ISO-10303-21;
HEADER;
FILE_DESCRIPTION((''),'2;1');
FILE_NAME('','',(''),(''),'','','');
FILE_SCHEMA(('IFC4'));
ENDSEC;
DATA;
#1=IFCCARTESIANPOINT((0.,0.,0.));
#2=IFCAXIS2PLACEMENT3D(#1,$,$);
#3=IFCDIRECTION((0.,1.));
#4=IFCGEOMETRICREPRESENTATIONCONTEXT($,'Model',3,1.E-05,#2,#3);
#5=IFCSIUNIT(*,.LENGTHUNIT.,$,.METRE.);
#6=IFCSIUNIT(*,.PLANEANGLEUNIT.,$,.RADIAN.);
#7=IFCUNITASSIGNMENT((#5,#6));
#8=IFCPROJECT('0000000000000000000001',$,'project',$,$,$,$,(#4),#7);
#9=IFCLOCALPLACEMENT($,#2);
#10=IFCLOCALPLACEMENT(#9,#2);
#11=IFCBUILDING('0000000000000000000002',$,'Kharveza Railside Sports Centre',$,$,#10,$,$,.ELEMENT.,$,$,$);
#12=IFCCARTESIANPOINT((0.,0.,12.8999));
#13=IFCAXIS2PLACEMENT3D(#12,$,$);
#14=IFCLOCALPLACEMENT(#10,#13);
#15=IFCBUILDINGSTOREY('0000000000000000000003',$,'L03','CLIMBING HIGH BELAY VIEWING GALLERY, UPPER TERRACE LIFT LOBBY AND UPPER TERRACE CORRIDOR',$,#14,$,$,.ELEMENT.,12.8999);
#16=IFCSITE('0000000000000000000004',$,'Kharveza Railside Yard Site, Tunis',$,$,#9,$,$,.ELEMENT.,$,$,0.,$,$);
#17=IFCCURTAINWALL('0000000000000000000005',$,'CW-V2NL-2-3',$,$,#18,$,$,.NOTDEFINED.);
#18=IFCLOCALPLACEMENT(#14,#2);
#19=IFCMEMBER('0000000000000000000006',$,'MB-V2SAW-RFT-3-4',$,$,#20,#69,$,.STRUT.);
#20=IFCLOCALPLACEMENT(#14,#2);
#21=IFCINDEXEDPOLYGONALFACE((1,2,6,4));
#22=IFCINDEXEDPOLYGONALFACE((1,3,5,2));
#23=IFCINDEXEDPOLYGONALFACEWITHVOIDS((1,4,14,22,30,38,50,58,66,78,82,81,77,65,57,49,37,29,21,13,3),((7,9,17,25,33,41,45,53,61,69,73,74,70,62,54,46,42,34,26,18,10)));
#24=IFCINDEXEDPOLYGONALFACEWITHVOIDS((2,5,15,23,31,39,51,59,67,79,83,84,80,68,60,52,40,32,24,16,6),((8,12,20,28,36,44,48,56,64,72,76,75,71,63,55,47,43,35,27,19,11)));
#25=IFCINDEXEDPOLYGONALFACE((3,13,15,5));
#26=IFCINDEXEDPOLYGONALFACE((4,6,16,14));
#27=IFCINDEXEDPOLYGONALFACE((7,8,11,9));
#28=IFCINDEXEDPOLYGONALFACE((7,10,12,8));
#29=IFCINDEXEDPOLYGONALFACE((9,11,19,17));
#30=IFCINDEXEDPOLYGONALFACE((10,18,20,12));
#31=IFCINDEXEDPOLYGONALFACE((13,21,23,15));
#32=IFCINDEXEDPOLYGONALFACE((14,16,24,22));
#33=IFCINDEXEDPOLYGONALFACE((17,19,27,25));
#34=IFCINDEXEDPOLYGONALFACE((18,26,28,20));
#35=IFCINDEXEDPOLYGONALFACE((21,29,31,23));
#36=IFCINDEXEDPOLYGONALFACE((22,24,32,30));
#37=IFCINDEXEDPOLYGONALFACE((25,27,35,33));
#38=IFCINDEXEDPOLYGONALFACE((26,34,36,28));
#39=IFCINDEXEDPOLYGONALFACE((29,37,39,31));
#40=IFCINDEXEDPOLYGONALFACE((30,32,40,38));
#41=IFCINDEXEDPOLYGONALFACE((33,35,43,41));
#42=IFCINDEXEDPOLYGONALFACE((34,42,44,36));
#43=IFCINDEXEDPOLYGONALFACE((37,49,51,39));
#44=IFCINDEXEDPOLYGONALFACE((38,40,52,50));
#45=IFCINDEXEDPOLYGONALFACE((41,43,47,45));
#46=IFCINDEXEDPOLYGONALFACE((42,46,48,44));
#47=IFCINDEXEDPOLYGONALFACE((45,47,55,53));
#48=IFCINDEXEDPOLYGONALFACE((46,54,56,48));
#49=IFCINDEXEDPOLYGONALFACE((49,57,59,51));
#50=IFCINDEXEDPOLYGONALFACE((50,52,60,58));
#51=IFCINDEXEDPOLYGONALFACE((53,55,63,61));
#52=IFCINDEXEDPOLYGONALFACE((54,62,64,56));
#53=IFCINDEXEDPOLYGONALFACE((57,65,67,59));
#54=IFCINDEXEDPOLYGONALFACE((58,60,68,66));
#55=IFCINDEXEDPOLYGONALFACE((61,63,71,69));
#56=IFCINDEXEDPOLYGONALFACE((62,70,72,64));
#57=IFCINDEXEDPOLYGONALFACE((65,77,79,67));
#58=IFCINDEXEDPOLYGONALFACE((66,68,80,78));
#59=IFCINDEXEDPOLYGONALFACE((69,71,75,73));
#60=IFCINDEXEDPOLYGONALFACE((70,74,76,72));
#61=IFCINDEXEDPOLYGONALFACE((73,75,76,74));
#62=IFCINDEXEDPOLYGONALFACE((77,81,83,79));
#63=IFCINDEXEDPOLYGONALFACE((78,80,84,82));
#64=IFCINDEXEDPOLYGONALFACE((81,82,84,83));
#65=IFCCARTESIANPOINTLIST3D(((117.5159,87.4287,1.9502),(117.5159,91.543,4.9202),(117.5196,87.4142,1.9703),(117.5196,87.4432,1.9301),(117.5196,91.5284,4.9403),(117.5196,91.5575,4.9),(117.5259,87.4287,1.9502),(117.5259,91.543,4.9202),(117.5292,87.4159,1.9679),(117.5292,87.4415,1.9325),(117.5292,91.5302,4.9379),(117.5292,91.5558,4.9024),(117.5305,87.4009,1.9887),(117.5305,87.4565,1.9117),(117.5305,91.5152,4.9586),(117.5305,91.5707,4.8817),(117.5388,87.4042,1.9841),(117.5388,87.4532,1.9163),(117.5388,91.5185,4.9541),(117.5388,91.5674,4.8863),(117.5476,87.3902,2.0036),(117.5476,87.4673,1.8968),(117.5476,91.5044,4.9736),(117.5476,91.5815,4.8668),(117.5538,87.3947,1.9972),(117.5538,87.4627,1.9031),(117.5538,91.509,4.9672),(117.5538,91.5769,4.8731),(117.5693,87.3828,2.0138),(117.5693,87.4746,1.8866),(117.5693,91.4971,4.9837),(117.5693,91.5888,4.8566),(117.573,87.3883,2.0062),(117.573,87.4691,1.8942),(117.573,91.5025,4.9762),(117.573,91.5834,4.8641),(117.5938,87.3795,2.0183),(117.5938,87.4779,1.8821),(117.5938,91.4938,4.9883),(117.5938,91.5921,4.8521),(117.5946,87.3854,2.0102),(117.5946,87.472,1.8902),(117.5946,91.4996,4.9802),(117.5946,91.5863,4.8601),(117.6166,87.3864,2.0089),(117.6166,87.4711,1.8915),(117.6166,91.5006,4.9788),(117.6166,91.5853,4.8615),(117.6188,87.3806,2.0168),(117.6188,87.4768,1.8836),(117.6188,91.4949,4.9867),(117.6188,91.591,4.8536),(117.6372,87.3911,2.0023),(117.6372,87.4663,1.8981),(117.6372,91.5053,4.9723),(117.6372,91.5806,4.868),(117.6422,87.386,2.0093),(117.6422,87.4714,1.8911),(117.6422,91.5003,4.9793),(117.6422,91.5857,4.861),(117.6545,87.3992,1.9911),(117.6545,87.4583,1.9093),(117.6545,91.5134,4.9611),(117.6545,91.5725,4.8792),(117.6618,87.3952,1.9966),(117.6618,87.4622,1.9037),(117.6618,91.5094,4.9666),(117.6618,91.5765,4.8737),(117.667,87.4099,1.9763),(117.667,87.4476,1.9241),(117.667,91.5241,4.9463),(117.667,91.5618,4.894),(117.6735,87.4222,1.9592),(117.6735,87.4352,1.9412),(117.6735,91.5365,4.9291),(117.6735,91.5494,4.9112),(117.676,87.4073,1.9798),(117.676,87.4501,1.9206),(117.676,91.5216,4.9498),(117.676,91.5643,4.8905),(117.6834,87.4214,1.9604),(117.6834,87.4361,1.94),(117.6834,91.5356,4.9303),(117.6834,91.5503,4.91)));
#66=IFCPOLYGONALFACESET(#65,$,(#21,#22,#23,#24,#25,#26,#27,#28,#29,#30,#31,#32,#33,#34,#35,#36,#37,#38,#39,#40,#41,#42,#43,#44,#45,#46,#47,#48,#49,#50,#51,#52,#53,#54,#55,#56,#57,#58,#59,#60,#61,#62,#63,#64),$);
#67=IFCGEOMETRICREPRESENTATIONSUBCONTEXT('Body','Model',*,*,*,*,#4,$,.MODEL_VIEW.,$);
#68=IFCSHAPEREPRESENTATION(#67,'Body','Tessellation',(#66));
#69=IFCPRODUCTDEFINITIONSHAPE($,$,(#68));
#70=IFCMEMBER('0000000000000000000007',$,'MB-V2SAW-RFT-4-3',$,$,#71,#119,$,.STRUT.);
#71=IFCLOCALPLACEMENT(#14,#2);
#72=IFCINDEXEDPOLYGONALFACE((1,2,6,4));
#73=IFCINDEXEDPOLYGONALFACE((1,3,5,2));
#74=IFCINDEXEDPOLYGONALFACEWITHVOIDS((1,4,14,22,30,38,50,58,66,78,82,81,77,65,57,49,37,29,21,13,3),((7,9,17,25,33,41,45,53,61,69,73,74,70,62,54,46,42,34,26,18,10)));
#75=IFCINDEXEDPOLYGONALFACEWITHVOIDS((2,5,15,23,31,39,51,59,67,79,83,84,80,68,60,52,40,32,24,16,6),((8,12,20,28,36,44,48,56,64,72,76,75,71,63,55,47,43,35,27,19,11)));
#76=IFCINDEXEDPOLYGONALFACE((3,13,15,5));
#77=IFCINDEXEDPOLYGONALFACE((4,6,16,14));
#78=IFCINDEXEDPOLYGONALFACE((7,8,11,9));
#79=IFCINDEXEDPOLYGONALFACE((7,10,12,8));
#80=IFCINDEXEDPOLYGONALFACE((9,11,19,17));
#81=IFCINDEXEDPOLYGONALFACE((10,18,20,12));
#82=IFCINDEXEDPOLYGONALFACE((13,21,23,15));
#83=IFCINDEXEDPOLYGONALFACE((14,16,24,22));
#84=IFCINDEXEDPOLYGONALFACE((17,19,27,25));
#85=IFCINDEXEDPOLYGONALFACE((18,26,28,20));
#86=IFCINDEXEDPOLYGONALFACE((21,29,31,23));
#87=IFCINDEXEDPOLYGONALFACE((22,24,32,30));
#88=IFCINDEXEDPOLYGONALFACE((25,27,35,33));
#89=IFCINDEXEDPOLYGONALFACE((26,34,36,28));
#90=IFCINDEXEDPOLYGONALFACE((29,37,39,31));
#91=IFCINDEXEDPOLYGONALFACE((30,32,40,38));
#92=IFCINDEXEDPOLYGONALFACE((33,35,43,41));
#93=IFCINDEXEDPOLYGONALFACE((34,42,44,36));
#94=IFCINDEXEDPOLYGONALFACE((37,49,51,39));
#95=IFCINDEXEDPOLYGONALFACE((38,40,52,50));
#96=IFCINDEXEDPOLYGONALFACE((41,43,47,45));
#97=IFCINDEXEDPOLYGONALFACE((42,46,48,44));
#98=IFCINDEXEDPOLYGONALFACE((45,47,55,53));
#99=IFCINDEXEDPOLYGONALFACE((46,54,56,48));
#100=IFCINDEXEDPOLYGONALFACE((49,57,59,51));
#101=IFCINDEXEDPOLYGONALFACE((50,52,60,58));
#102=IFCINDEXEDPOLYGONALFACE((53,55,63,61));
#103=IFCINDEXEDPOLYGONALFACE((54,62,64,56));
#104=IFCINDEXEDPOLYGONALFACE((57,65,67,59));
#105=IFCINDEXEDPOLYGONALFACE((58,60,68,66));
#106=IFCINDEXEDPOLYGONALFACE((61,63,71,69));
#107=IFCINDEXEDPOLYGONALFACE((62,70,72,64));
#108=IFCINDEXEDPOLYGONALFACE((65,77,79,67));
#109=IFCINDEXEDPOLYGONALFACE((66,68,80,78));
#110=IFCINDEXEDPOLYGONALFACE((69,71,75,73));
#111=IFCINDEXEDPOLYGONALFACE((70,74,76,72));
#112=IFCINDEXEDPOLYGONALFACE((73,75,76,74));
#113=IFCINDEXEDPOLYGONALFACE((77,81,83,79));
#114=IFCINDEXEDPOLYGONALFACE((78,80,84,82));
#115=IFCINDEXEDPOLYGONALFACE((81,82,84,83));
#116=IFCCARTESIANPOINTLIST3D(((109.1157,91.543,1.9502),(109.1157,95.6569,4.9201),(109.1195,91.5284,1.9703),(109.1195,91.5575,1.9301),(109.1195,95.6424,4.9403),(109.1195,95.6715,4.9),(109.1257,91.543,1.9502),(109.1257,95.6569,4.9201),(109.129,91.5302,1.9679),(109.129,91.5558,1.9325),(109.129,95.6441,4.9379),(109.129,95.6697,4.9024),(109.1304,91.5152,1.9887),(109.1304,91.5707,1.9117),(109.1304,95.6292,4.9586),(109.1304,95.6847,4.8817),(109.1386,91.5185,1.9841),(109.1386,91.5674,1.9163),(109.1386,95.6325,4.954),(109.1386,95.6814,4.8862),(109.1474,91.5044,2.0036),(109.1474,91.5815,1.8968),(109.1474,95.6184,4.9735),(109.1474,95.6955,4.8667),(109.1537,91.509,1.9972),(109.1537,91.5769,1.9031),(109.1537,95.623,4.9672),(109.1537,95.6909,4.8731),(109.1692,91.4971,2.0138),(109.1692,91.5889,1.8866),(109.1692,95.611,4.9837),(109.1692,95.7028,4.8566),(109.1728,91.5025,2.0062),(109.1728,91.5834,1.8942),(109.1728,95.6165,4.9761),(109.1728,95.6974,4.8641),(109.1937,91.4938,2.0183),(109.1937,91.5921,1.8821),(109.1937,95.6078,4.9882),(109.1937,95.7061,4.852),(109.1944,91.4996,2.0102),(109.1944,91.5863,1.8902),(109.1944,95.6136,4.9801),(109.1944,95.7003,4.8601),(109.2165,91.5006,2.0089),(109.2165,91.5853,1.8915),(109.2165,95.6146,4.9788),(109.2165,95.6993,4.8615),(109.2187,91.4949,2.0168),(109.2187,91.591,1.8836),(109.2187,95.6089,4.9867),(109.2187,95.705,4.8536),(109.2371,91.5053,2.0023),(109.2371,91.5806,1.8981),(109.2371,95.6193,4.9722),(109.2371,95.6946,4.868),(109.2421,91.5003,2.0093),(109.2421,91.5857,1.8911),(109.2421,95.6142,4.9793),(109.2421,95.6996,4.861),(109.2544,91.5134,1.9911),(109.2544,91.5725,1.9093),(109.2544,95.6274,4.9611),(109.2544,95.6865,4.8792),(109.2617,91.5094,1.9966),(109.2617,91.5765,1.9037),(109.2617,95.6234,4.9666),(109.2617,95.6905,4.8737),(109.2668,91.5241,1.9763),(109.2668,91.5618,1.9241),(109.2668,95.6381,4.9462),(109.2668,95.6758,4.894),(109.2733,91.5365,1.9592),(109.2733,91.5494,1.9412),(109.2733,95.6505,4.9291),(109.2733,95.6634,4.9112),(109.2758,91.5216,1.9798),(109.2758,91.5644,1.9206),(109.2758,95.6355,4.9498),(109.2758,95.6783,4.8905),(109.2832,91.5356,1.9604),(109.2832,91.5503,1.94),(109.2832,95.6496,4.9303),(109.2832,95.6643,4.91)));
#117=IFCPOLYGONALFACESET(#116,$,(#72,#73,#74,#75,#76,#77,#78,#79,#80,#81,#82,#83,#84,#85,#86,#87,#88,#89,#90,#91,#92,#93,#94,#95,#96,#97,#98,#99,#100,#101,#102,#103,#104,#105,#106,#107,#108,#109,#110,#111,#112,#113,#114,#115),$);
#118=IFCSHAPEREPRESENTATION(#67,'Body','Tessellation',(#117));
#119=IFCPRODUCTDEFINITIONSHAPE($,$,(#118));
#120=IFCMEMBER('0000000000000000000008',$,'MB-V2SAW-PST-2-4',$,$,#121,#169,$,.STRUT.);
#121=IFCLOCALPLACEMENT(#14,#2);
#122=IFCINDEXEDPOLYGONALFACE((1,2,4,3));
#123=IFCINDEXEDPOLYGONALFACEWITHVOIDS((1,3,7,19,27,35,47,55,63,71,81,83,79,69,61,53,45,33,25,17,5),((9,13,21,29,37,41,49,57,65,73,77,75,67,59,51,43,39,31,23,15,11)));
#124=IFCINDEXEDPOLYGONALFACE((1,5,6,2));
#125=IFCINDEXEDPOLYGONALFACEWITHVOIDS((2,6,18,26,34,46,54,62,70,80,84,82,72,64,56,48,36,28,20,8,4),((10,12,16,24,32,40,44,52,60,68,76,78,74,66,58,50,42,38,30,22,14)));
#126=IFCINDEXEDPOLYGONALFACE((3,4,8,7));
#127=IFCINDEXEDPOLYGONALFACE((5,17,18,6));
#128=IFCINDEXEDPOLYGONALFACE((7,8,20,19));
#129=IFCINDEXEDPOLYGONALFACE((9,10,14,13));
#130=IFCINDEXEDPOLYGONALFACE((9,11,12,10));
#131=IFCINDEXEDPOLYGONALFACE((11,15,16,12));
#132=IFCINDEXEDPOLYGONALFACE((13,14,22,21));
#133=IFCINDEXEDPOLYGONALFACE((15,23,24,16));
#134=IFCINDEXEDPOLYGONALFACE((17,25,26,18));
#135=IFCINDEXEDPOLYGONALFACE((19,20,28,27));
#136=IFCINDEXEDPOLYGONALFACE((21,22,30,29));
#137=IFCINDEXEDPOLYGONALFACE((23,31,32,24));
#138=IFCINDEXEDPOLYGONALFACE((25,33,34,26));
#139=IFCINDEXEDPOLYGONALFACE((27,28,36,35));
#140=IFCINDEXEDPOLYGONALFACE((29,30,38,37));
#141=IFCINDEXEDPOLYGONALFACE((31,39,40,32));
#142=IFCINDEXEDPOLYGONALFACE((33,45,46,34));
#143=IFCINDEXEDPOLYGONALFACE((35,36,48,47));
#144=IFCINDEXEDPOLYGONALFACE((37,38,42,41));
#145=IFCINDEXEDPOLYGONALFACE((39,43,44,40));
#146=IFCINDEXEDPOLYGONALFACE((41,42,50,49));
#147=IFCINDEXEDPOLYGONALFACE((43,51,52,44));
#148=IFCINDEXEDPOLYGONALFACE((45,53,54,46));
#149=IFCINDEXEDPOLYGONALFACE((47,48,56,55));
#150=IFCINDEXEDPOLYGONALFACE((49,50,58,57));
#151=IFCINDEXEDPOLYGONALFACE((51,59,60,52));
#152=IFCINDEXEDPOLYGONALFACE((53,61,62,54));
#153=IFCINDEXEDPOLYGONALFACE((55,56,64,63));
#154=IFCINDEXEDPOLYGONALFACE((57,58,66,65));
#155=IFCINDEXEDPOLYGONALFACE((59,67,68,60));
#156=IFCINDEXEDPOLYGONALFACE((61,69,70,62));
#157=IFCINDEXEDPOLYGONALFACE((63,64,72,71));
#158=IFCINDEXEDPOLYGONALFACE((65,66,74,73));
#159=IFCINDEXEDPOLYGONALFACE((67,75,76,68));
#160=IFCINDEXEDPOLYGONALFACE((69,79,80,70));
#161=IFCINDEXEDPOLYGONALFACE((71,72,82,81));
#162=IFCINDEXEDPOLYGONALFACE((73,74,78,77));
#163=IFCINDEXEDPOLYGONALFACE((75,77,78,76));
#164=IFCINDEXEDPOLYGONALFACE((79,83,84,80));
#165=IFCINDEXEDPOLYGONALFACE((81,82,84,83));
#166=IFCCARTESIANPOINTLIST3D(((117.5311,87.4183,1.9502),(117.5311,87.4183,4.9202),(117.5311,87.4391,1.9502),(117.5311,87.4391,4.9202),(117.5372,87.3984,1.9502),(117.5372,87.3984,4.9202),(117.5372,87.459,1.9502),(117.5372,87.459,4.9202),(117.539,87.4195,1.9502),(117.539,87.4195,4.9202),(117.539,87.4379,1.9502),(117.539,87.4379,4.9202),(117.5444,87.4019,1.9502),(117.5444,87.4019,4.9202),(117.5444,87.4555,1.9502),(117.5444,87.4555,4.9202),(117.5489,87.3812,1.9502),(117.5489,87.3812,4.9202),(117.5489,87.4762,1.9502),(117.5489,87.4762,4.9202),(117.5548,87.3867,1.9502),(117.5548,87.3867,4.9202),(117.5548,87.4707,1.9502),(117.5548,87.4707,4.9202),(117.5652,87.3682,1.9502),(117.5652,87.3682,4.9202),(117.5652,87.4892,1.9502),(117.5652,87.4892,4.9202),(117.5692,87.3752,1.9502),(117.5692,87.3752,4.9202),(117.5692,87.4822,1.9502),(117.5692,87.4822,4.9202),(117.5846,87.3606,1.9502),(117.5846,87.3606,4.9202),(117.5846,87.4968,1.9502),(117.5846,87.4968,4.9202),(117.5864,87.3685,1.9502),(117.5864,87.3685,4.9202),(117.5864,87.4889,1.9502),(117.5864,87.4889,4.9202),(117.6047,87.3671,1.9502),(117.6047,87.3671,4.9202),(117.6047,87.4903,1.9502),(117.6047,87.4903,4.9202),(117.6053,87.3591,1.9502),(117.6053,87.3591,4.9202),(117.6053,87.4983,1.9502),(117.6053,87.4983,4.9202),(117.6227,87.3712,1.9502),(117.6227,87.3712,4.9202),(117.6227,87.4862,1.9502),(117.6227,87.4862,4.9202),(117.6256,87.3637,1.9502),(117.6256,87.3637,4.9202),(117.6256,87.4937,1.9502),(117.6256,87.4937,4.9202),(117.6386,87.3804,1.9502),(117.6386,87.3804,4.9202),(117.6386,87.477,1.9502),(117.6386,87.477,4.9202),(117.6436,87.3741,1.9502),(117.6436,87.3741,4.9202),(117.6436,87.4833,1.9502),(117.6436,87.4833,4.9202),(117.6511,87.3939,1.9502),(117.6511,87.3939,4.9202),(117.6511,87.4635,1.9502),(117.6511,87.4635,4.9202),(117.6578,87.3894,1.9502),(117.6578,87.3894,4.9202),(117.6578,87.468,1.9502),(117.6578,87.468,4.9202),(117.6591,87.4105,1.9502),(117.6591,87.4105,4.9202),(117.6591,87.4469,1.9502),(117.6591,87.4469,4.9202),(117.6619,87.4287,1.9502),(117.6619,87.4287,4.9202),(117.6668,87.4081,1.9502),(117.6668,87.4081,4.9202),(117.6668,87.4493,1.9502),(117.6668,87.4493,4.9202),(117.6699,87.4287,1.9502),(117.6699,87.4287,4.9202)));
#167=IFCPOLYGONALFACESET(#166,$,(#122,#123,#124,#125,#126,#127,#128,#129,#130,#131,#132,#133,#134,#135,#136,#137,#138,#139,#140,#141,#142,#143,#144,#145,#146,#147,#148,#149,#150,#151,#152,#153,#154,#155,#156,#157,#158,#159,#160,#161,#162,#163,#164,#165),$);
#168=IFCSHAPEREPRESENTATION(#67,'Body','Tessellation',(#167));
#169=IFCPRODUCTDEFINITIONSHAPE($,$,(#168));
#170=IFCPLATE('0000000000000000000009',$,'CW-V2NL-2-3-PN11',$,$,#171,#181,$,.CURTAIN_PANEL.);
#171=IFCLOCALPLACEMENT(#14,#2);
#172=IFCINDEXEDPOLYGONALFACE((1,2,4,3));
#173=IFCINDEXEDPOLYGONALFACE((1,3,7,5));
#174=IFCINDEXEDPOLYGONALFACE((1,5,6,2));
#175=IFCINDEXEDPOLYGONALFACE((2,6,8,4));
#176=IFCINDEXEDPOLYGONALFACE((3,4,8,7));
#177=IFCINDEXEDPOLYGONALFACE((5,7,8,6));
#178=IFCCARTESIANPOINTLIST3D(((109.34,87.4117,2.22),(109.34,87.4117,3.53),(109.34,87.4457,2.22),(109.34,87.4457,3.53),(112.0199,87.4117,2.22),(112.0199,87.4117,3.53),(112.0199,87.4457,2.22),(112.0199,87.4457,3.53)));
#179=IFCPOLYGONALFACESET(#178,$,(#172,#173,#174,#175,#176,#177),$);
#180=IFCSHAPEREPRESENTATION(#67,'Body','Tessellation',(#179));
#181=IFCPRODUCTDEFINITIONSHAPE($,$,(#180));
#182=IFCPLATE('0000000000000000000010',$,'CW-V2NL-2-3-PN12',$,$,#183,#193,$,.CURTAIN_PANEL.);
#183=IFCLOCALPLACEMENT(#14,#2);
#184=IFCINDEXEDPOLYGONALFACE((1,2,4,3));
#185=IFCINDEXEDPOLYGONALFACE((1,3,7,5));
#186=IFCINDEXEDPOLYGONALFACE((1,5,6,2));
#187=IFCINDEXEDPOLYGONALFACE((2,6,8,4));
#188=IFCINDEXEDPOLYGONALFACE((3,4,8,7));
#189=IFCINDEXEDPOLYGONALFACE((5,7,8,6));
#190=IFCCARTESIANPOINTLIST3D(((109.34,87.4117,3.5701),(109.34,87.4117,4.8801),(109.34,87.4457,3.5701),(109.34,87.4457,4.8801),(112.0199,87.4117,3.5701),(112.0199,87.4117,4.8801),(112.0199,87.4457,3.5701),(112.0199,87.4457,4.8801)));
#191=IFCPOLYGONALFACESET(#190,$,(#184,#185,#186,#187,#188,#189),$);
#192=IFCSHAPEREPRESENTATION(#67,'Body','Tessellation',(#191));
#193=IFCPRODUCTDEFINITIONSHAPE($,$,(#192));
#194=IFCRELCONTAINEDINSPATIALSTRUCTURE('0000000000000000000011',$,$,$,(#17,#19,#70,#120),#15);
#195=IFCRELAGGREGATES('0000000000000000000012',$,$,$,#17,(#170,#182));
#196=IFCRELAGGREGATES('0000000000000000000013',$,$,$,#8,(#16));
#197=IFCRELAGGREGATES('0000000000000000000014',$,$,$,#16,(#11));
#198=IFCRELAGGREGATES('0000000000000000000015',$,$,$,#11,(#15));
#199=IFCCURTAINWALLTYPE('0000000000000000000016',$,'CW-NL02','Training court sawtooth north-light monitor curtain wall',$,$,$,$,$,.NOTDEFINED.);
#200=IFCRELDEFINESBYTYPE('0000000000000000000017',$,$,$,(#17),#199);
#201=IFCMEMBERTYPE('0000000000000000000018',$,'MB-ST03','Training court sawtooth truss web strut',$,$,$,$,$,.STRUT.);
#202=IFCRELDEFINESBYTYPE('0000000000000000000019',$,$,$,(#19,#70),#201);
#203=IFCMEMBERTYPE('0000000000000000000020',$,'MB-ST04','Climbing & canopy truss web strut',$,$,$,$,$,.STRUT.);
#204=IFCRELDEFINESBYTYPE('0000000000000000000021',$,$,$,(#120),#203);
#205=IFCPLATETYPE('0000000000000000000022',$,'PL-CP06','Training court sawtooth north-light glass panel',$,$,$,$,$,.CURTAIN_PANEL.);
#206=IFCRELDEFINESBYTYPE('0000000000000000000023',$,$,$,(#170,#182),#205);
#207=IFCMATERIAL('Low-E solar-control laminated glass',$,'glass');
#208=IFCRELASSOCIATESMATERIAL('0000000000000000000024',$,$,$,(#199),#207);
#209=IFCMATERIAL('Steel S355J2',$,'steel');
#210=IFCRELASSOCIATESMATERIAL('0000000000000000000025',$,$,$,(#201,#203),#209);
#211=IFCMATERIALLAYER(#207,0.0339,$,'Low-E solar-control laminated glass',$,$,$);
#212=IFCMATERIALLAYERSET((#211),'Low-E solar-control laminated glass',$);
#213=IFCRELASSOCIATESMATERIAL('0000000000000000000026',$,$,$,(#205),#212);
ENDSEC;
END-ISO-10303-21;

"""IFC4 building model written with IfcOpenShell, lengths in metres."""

from ifc_helpers import new_model, si_unit, direction, frame, origin, origin_2d, place, context, subcontext, project, spatial, rectangle, hollow_circle, extrude, material, layer, layer_set, material_profile, profile_set, type_object, element, aggregate, save


model = new_model("IFC4")

# Units and contexts
model_context = context("Model", 3, precision=1e-05, world=origin(), true_north=direction((0.0, 1.0)))
body_context = subcontext(model_context, "Body", "Model", "MODEL_VIEW")
ifc_project = project(units=[si_unit("LENGTHUNIT", "METRE"), si_unit("PLANEANGLEUNIT", "RADIAN")], contexts=[model_context])

# Site, building, storey
site_placement = place(None, origin())
site = spatial("IfcSite", under=ifc_project, at=site_placement, Name="Kharveza Railside Yard Site, Tunis", CompositionType="ELEMENT", RefElevation=0.0)
building_placement = place(site_placement, origin())
building = spatial("IfcBuilding", under=site, at=building_placement, Name="Kharveza Railside Sports Centre", CompositionType="ELEMENT")
storey_placement = place(building_placement, frame((0.0, 0.0, 12.8999)))
storey = spatial("IfcBuildingStorey", under=building, at=storey_placement, Name="L03", Description="CLIMBING HIGH BELAY VIEWING GALLERY, UPPER TERRACE LIFT LOBBY AND UPPER TERRACE CORRIDOR", CompositionType="ELEMENT", Elevation=12.8999)

# Shared definitions
ifc_material_1 = material(Name="Steel S355J2", Category="steel")

# Curtain wall
ifc_material_2 = material(Name="Low-E solar-control laminated glass", Category="glass")
curtain_wall_type = type_object("IfcCurtainWallType", Name="CW-NL02", Description="Training court sawtooth north-light monitor curtain wall", PredefinedType="NOTDEFINED", material=ifc_material_2)
curtain_wall_placement = place(storey_placement, origin())
curtain_wall = element("IfcCurtainWall", 1, at=curtain_wall_placement, inside=storey, type_object=curtain_wall_type, Name="CW-V2NL-2-3", PredefinedType="NOTDEFINED")

# Members
ifc_material_profile_1 = material_profile(ifc_material_1, hollow_circle(Radius=0.0842, WallThickness=0.01, at=origin_2d()), Name="CHS 168.3x10.0")
ifc_profile_set_1 = profile_set([ifc_material_profile_1], Name="Steel S355J2")
member_type_1 = type_object("IfcMemberType", Name="MB-ST03", Description="Training court sawtooth truss web strut", PredefinedType="STRUT", material=ifc_profile_set_1)
member_1_placement = place(storey_placement, frame((117.6001, 87.4287, 1.9502), z_axis=(0.0, 0.810814, 0.585304), x_axis=(-1.0, 0.0, 0.0)))
element("IfcMember", 2, at=member_1_placement, inside=storey, type_object=member_type_1, Name="MB-V2SAW-RFT-3-4", PredefinedType="STRUT", context=body_context, shape_type="SweptSolid", body=[
    extrude(hollow_circle(Radius=0.0842, WallThickness=0.01, at=origin_2d()), origin(), (0.0, 0.0, 1.0), 5.0742),
])
member_2_placement = place(storey_placement, frame((109.2, 91.543, 1.9502), z_axis=(0.0, 0.810797, 0.585327), x_axis=(-1.0, 0.0, 0.0)))
element("IfcMember", 3, at=member_2_placement, inside=storey, type_object=member_type_1, Name="MB-V2SAW-RFT-4-3", PredefinedType="STRUT", context=body_context, shape_type="SweptSolid", body=[
    extrude(hollow_circle(Radius=0.0842, WallThickness=0.01, at=origin_2d()), origin(), (0.0, 0.0, 1.0), 5.074),
])
ifc_material_profile_2 = material_profile(ifc_material_1, hollow_circle(Radius=0.0698, WallThickness=0.0081, at=origin_2d()), Name="CHS 139.7x8.0")
ifc_profile_set_2 = profile_set([ifc_material_profile_2], Name="Steel S355J2")
member_type_2 = type_object("IfcMemberType", Name="MB-ST04", Description="Climbing & canopy truss web strut", PredefinedType="STRUT", material=ifc_profile_set_2)
member_3_placement = place(storey_placement, frame((117.6001, 87.4287, 1.9502), z_axis=(0.0, 0.0, 1.0), x_axis=(1.0, 0.0, 0.0)))
element("IfcMember", 4, at=member_3_placement, inside=storey, type_object=member_type_2, Name="MB-V2SAW-PST-2-4", PredefinedType="STRUT", context=body_context, shape_type="SweptSolid", body=[
    extrude(hollow_circle(Radius=0.0698, WallThickness=0.0081, at=origin_2d()), origin(), (0.0, 0.0, 1.0), 2.97),
])

# Plates
ifc_layer_1 = layer(ifc_material_2, 0.0339, Name="Low-E solar-control laminated glass")
ifc_layer_set_1 = layer_set([ifc_layer_1], Name="Low-E solar-control laminated glass")
plate_type_1 = type_object("IfcPlateType", Name="PL-CP06", Description="Training court sawtooth north-light glass panel", PredefinedType="CURTAIN_PANEL", material=ifc_layer_set_1)
plate_1_placement = place(storey_placement, frame((110.6799, 87.4287, 2.22), z_axis=(0.0, 0.0, 1.0), x_axis=(1.0, 0.0, 0.0)))
plate_1 = element("IfcPlate", 5, at=plate_1_placement, type_object=plate_type_1, Name="CW-V2NL-2-3-PN11", PredefinedType="CURTAIN_PANEL", context=body_context, shape_type="SweptSolid", body=[
    extrude(rectangle(XDim=2.6799, YDim=0.0339, at=origin_2d()), origin(), (0.0, 0.0, 1.0), 1.3101),
])
plate_2_placement = place(storey_placement, frame((110.6799, 87.4287, 3.5701), z_axis=(0.0, 0.0, 1.0), x_axis=(1.0, 0.0, 0.0)))
plate_2 = element("IfcPlate", 6, at=plate_2_placement, type_object=plate_type_1, Name="CW-V2NL-2-3-PN12", PredefinedType="CURTAIN_PANEL", context=body_context, shape_type="SweptSolid", body=[
    extrude(rectangle(XDim=2.6799, YDim=0.0339, at=origin_2d()), origin(), (0.0, 0.0, 1.0), 1.3101),
])
aggregate(curtain_wall, [plate_1, plate_2])

save(model, "model.ifc")
